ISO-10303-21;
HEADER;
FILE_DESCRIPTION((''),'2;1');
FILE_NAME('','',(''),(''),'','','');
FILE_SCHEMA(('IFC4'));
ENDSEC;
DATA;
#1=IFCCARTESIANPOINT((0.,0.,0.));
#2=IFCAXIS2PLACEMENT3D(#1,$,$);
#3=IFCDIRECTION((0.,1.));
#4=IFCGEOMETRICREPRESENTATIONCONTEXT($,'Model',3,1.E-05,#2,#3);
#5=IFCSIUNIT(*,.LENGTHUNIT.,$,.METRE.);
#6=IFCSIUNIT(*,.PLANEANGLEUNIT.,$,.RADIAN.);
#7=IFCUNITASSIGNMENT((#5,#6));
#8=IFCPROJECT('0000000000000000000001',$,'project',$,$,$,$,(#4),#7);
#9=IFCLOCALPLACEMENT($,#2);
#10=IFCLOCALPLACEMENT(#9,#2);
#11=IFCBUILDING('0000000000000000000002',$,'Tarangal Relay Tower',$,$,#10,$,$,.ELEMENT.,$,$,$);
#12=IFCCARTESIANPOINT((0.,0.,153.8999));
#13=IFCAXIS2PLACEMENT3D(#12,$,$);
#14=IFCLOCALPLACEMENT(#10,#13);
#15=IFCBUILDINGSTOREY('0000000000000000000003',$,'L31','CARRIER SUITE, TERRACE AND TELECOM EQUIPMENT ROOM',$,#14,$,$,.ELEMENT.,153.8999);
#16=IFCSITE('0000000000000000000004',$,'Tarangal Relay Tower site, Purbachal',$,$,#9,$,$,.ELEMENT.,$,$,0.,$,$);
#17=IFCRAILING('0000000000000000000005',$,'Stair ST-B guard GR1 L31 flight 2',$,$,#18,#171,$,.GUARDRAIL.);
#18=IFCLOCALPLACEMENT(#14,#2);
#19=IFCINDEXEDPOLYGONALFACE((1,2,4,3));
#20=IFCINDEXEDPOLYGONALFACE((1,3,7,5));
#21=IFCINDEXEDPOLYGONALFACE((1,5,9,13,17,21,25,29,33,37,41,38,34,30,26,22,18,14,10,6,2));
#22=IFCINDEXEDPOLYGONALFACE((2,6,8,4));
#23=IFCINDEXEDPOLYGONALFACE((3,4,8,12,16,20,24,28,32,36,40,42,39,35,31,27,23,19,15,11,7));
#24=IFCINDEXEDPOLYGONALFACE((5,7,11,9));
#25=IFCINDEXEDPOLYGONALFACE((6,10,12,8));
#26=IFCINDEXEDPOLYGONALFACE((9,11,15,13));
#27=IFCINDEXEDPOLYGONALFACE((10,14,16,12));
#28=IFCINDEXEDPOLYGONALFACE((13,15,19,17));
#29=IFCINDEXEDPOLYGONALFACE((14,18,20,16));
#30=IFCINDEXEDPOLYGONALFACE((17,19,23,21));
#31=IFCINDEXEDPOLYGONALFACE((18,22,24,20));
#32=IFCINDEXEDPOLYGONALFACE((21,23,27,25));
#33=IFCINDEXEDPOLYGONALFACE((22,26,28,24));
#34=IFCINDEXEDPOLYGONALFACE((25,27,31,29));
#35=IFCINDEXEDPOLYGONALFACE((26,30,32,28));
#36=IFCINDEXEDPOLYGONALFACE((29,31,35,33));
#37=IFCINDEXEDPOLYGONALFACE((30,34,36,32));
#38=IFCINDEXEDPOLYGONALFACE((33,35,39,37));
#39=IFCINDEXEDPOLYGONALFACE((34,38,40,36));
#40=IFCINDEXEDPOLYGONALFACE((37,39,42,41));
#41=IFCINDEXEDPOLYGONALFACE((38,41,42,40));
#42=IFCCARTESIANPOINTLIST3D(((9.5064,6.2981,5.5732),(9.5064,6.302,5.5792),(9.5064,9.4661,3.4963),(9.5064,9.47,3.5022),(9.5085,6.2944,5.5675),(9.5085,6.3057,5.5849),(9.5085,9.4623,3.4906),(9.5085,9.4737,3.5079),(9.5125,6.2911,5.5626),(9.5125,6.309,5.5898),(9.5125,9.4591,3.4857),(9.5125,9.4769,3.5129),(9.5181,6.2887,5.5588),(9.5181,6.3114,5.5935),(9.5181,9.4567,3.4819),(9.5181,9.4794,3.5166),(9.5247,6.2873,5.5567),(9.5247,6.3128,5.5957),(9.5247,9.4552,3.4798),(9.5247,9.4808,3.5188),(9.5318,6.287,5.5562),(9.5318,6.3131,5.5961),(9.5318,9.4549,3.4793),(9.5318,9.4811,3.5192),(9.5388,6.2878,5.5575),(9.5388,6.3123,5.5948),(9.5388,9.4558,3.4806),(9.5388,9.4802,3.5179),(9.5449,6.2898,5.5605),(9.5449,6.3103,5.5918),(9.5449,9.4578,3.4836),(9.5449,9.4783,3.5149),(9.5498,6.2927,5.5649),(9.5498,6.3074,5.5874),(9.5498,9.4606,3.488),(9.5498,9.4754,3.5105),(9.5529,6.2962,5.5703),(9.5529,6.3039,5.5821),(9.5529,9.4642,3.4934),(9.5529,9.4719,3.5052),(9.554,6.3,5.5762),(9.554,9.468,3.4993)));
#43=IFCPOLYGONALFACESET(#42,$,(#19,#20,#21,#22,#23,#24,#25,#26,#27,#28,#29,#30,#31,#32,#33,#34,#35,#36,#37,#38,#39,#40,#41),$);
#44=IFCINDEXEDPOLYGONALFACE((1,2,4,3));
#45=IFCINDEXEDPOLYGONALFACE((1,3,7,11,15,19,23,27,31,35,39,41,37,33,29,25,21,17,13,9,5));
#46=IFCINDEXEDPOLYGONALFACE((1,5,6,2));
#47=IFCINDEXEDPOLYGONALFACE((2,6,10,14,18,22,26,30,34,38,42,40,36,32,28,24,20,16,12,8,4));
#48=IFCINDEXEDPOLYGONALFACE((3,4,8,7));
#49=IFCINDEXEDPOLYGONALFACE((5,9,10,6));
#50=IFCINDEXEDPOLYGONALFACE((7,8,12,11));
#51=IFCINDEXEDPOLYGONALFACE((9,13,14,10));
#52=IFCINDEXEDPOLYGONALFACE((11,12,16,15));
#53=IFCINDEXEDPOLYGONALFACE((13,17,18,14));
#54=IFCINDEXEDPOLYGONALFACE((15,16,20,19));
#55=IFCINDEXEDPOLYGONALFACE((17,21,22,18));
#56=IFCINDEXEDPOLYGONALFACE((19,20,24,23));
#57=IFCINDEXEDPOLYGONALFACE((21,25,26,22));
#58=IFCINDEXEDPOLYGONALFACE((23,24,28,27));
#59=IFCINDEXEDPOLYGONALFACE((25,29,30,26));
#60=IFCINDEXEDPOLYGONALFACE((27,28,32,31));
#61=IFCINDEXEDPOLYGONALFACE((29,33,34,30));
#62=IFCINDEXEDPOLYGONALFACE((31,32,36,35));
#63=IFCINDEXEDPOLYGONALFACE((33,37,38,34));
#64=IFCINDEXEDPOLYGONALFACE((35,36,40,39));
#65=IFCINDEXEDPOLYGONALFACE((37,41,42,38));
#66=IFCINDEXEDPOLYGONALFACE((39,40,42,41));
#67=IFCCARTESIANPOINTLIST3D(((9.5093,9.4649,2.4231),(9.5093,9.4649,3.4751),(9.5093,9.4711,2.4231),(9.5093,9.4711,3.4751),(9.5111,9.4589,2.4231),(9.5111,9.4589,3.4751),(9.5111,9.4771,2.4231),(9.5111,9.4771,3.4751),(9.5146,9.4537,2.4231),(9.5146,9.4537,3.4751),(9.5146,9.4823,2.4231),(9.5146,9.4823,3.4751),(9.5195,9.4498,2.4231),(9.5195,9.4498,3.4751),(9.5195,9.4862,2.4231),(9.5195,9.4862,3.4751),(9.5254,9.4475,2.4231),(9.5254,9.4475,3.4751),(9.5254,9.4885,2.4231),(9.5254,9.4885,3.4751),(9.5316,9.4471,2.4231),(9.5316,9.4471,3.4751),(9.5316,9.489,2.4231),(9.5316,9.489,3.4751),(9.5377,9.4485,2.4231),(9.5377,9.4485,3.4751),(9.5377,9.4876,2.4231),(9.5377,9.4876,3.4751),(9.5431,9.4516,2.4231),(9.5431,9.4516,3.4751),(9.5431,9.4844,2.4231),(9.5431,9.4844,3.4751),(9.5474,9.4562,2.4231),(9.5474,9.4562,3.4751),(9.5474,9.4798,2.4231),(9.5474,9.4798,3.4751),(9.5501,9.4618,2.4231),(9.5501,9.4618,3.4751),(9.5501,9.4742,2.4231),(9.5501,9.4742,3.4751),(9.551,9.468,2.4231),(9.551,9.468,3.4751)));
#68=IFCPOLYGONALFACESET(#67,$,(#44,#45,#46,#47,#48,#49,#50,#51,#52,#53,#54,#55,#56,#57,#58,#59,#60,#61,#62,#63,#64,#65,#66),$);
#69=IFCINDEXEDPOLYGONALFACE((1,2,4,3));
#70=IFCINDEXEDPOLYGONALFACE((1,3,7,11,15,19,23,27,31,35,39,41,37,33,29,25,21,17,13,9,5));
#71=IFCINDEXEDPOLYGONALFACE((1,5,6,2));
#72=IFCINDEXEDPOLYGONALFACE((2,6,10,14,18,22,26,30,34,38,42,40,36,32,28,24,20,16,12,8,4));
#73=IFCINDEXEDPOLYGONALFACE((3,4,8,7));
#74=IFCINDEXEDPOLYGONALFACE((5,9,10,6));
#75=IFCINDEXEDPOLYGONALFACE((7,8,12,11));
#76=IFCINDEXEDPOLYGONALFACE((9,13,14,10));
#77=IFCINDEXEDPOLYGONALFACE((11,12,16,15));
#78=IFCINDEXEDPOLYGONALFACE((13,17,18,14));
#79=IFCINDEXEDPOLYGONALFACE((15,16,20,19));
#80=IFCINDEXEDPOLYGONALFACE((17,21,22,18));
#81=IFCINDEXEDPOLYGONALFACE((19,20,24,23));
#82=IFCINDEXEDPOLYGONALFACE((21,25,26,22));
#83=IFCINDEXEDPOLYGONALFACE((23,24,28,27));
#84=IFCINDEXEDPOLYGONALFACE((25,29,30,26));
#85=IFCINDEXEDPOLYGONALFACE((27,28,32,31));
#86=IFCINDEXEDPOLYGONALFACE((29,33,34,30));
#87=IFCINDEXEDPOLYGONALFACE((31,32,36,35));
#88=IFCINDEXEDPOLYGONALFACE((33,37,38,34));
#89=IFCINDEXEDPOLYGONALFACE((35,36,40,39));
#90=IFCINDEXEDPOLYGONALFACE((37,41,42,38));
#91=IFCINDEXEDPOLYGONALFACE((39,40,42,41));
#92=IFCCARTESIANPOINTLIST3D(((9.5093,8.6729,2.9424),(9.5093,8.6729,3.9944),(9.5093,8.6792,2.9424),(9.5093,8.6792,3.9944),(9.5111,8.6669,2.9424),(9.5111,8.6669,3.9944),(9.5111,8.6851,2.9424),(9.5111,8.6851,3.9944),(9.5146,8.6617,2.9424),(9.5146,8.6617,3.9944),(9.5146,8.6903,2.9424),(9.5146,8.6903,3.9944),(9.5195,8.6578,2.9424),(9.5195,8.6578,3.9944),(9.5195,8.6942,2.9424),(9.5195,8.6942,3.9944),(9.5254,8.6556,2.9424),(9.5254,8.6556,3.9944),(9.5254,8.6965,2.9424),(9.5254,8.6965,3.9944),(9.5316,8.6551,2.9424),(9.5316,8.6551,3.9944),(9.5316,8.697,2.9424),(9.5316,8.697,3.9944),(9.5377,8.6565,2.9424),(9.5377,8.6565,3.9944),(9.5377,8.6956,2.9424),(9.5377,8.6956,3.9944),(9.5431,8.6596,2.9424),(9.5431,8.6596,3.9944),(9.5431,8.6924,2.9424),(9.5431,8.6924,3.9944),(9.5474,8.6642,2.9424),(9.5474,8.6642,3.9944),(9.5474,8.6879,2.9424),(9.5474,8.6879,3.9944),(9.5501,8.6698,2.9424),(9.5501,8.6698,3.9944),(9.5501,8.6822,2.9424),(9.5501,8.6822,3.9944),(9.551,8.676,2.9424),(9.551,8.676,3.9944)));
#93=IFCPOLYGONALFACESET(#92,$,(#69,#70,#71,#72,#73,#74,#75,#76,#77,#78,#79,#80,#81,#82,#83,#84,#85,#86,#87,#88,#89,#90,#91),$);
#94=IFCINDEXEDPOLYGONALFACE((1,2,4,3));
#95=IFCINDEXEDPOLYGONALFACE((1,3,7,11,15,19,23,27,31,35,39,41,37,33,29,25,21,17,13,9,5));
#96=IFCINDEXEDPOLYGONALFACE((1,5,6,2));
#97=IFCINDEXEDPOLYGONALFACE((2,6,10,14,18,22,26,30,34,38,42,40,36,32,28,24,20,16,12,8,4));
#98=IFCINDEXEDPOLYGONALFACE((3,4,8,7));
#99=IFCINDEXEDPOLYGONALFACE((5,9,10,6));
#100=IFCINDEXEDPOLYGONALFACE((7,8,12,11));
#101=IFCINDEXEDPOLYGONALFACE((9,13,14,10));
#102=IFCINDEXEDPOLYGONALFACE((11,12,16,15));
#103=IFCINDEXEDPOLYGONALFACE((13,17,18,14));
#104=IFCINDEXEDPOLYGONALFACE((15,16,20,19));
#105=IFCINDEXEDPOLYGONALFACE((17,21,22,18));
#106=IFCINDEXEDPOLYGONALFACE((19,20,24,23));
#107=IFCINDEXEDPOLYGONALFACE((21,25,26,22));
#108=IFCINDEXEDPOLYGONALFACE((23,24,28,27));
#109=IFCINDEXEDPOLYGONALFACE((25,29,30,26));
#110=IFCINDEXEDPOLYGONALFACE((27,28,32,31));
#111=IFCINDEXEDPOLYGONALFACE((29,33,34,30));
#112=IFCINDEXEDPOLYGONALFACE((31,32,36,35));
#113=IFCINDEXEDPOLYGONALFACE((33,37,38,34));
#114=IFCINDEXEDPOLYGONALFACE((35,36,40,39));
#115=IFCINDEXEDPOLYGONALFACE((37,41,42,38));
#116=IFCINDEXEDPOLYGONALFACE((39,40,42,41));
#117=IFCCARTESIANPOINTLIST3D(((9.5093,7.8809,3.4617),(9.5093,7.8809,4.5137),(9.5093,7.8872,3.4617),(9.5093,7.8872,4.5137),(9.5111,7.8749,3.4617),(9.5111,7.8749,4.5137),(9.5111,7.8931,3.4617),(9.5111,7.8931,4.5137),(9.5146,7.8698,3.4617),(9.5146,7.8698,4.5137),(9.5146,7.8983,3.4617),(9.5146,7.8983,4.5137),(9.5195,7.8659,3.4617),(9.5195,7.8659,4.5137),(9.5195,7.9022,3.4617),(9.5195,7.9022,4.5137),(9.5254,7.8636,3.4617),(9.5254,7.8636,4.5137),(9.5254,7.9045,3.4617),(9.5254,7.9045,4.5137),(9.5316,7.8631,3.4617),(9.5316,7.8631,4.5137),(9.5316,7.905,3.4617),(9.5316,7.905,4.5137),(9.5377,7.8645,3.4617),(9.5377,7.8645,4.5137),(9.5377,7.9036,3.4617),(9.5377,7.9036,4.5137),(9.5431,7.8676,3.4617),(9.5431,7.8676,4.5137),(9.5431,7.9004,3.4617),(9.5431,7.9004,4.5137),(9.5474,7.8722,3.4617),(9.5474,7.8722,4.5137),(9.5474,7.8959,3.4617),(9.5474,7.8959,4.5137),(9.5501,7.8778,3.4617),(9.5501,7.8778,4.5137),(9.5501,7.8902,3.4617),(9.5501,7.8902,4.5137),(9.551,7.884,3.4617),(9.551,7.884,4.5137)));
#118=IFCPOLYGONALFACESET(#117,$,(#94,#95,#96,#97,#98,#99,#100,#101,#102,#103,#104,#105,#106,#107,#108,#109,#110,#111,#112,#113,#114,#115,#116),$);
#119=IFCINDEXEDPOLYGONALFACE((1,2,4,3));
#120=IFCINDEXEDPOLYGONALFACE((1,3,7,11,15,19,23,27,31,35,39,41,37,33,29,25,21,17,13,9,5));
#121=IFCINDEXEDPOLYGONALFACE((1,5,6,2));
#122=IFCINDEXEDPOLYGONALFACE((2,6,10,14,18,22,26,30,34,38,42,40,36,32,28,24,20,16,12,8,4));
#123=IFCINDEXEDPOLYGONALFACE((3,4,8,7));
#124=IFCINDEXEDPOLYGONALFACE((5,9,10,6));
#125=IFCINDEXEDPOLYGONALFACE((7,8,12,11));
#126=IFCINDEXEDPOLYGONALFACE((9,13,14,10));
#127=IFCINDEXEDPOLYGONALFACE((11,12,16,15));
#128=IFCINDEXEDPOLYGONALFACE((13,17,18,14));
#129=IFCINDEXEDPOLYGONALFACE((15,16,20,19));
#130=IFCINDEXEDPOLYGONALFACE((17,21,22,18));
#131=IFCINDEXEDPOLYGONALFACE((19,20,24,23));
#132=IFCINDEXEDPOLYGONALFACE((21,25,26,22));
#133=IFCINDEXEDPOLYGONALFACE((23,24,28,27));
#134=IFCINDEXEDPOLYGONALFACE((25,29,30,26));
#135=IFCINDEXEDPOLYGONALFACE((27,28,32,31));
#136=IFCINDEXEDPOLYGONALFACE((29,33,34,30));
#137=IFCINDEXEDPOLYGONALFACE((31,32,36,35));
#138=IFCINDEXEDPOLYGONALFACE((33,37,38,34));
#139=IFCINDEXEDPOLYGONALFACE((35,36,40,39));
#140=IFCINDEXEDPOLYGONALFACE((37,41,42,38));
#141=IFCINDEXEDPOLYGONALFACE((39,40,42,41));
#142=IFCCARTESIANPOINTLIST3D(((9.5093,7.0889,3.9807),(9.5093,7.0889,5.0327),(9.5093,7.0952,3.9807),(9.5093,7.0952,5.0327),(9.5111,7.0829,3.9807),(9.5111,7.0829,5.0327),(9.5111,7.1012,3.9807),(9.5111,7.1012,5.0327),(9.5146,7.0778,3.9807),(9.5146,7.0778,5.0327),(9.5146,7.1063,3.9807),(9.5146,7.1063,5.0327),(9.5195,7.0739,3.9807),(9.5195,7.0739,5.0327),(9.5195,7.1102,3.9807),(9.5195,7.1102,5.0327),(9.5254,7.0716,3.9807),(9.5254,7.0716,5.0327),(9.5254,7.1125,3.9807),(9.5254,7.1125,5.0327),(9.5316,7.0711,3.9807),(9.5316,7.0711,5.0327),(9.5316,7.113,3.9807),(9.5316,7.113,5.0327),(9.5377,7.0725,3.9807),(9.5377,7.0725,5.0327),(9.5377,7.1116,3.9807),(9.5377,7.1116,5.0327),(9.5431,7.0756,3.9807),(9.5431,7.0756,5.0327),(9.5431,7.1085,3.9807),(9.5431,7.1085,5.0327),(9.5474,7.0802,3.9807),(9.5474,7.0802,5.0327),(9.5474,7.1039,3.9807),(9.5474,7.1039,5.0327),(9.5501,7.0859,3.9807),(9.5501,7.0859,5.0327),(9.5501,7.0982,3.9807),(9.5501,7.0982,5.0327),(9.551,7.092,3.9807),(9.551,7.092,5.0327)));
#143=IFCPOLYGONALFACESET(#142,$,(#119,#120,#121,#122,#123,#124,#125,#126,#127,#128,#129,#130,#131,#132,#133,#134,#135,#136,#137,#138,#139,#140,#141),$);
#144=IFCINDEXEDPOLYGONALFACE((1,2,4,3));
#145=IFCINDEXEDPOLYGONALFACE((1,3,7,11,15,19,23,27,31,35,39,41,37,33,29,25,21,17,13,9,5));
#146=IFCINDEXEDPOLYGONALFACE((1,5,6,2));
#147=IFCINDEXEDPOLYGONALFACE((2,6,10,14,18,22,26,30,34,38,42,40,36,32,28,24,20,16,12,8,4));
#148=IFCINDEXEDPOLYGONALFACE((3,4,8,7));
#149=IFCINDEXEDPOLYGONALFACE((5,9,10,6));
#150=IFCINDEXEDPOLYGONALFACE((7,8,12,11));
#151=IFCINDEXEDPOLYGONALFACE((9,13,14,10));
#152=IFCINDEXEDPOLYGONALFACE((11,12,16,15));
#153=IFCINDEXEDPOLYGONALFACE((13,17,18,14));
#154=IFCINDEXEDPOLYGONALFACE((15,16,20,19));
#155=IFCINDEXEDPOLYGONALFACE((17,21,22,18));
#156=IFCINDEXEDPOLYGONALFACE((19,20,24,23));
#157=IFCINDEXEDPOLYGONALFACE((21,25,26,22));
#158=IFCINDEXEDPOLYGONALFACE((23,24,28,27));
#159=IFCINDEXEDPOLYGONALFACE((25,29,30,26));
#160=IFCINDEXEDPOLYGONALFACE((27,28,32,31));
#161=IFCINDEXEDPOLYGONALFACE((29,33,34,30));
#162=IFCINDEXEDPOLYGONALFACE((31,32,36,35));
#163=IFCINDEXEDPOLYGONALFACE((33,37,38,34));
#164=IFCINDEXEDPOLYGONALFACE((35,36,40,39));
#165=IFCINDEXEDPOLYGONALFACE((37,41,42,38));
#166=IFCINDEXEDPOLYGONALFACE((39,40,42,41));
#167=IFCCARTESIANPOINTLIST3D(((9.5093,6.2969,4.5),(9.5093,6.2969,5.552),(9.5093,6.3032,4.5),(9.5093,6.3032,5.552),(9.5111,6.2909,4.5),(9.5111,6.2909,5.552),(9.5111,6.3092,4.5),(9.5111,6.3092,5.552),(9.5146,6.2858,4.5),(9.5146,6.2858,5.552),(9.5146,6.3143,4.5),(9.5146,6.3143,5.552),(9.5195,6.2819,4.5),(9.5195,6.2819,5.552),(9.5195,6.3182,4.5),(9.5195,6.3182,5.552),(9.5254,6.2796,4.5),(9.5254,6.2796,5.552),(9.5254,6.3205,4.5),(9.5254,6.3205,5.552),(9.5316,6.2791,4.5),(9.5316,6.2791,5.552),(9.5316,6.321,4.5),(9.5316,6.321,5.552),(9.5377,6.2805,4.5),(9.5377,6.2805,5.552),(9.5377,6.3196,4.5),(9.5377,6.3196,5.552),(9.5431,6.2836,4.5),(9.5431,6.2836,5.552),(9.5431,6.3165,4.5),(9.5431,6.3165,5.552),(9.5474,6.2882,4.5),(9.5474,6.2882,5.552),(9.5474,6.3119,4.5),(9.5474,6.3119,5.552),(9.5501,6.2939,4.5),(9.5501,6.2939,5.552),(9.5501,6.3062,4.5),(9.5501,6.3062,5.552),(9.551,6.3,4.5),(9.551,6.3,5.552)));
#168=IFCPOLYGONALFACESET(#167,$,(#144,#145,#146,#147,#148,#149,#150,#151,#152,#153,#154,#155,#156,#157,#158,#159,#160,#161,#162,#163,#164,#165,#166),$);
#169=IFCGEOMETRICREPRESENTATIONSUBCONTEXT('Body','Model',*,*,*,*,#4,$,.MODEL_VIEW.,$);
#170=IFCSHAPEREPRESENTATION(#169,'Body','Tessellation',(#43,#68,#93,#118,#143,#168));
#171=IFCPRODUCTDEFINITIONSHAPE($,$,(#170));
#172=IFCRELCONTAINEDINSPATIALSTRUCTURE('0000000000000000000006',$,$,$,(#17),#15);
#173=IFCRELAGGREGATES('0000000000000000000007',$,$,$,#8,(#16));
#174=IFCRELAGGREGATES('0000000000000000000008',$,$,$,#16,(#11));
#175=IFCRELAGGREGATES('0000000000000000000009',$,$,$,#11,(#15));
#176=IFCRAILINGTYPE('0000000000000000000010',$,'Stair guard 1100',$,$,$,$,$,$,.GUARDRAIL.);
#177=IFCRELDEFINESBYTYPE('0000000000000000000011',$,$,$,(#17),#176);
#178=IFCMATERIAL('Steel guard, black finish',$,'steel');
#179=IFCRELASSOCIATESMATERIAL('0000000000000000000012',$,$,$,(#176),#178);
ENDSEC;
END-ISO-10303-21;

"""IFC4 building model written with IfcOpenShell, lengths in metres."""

from ifc_helpers import new_model, si_unit, direction, frame, origin, origin_2d, place, context, subcontext, project, spatial, circle, extrude, material, type_object, element, save


model = new_model("IFC4")

# Units and contexts
model_context = context("Model", 3, precision=1e-05, world=origin(), true_north=direction((0.0, 1.0)))
body_context = subcontext(model_context, "Body", "Model", "MODEL_VIEW")
ifc_project = project(units=[si_unit("LENGTHUNIT", "METRE"), si_unit("PLANEANGLEUNIT", "RADIAN")], contexts=[model_context])

# Site, building, storey
site_placement = place(None, origin())
site = spatial("IfcSite", under=ifc_project, at=site_placement, Name="Tarangal Relay Tower site, Purbachal", CompositionType="ELEMENT", RefElevation=0.0)
building_placement = place(site_placement, origin())
building = spatial("IfcBuilding", under=site, at=building_placement, Name="Tarangal Relay Tower", CompositionType="ELEMENT")
storey_placement = place(building_placement, frame((0.0, 0.0, 153.8999)))
storey = spatial("IfcBuildingStorey", under=building, at=storey_placement, Name="L31", Description="CARRIER SUITE, TERRACE AND TELECOM EQUIPMENT ROOM", CompositionType="ELEMENT", Elevation=153.8999)

# Railing
ifc_material_1 = material(Name="Steel guard, black finish", Category="steel")
railing_type_1 = type_object("IfcRailingType", Name="Stair guard 1100", PredefinedType="GUARDRAIL", material=ifc_material_1)
railing_1_placement = place(storey_placement, frame((9.53, 9.468, 2.4231)))
element("IfcRailing", 1, at=railing_1_placement, inside=storey, type_object=railing_type_1, Name="Stair ST-B guard GR1 L31 flight 2", PredefinedType="GUARDRAIL", context=body_context, shape_type="SweptSolid", body=[
    extrude(circle(Radius=0.0239, at=origin_2d()), frame((0.0, 0.0, 1.0762), z_axis=(0.0, -0.836299, 0.548273), x_axis=(1.0, 0.0, 0.0)), (0.0, 0.0, 1.0), 3.7881),
    extrude(circle(Radius=0.021, at=origin_2d()), origin(), (0.0, 0.0, 1.0), 1.052),
    extrude(circle(Radius=0.021, at=origin_2d()), frame((0.0, -0.792, 0.5193)), (0.0, 0.0, 1.0), 1.052),
    extrude(circle(Radius=0.021, at=origin_2d()), frame((0.0, -1.584, 1.0386)), (0.0, 0.0, 1.0), 1.052),
    extrude(circle(Radius=0.021, at=origin_2d()), frame((0.0, -2.376, 1.5576)), (0.0, 0.0, 1.0), 1.052),
    extrude(circle(Radius=0.021, at=origin_2d()), frame((0.0, -3.168, 2.0769)), (0.0, 0.0, 1.0), 1.052),
])

save(model, "model.ifc")
